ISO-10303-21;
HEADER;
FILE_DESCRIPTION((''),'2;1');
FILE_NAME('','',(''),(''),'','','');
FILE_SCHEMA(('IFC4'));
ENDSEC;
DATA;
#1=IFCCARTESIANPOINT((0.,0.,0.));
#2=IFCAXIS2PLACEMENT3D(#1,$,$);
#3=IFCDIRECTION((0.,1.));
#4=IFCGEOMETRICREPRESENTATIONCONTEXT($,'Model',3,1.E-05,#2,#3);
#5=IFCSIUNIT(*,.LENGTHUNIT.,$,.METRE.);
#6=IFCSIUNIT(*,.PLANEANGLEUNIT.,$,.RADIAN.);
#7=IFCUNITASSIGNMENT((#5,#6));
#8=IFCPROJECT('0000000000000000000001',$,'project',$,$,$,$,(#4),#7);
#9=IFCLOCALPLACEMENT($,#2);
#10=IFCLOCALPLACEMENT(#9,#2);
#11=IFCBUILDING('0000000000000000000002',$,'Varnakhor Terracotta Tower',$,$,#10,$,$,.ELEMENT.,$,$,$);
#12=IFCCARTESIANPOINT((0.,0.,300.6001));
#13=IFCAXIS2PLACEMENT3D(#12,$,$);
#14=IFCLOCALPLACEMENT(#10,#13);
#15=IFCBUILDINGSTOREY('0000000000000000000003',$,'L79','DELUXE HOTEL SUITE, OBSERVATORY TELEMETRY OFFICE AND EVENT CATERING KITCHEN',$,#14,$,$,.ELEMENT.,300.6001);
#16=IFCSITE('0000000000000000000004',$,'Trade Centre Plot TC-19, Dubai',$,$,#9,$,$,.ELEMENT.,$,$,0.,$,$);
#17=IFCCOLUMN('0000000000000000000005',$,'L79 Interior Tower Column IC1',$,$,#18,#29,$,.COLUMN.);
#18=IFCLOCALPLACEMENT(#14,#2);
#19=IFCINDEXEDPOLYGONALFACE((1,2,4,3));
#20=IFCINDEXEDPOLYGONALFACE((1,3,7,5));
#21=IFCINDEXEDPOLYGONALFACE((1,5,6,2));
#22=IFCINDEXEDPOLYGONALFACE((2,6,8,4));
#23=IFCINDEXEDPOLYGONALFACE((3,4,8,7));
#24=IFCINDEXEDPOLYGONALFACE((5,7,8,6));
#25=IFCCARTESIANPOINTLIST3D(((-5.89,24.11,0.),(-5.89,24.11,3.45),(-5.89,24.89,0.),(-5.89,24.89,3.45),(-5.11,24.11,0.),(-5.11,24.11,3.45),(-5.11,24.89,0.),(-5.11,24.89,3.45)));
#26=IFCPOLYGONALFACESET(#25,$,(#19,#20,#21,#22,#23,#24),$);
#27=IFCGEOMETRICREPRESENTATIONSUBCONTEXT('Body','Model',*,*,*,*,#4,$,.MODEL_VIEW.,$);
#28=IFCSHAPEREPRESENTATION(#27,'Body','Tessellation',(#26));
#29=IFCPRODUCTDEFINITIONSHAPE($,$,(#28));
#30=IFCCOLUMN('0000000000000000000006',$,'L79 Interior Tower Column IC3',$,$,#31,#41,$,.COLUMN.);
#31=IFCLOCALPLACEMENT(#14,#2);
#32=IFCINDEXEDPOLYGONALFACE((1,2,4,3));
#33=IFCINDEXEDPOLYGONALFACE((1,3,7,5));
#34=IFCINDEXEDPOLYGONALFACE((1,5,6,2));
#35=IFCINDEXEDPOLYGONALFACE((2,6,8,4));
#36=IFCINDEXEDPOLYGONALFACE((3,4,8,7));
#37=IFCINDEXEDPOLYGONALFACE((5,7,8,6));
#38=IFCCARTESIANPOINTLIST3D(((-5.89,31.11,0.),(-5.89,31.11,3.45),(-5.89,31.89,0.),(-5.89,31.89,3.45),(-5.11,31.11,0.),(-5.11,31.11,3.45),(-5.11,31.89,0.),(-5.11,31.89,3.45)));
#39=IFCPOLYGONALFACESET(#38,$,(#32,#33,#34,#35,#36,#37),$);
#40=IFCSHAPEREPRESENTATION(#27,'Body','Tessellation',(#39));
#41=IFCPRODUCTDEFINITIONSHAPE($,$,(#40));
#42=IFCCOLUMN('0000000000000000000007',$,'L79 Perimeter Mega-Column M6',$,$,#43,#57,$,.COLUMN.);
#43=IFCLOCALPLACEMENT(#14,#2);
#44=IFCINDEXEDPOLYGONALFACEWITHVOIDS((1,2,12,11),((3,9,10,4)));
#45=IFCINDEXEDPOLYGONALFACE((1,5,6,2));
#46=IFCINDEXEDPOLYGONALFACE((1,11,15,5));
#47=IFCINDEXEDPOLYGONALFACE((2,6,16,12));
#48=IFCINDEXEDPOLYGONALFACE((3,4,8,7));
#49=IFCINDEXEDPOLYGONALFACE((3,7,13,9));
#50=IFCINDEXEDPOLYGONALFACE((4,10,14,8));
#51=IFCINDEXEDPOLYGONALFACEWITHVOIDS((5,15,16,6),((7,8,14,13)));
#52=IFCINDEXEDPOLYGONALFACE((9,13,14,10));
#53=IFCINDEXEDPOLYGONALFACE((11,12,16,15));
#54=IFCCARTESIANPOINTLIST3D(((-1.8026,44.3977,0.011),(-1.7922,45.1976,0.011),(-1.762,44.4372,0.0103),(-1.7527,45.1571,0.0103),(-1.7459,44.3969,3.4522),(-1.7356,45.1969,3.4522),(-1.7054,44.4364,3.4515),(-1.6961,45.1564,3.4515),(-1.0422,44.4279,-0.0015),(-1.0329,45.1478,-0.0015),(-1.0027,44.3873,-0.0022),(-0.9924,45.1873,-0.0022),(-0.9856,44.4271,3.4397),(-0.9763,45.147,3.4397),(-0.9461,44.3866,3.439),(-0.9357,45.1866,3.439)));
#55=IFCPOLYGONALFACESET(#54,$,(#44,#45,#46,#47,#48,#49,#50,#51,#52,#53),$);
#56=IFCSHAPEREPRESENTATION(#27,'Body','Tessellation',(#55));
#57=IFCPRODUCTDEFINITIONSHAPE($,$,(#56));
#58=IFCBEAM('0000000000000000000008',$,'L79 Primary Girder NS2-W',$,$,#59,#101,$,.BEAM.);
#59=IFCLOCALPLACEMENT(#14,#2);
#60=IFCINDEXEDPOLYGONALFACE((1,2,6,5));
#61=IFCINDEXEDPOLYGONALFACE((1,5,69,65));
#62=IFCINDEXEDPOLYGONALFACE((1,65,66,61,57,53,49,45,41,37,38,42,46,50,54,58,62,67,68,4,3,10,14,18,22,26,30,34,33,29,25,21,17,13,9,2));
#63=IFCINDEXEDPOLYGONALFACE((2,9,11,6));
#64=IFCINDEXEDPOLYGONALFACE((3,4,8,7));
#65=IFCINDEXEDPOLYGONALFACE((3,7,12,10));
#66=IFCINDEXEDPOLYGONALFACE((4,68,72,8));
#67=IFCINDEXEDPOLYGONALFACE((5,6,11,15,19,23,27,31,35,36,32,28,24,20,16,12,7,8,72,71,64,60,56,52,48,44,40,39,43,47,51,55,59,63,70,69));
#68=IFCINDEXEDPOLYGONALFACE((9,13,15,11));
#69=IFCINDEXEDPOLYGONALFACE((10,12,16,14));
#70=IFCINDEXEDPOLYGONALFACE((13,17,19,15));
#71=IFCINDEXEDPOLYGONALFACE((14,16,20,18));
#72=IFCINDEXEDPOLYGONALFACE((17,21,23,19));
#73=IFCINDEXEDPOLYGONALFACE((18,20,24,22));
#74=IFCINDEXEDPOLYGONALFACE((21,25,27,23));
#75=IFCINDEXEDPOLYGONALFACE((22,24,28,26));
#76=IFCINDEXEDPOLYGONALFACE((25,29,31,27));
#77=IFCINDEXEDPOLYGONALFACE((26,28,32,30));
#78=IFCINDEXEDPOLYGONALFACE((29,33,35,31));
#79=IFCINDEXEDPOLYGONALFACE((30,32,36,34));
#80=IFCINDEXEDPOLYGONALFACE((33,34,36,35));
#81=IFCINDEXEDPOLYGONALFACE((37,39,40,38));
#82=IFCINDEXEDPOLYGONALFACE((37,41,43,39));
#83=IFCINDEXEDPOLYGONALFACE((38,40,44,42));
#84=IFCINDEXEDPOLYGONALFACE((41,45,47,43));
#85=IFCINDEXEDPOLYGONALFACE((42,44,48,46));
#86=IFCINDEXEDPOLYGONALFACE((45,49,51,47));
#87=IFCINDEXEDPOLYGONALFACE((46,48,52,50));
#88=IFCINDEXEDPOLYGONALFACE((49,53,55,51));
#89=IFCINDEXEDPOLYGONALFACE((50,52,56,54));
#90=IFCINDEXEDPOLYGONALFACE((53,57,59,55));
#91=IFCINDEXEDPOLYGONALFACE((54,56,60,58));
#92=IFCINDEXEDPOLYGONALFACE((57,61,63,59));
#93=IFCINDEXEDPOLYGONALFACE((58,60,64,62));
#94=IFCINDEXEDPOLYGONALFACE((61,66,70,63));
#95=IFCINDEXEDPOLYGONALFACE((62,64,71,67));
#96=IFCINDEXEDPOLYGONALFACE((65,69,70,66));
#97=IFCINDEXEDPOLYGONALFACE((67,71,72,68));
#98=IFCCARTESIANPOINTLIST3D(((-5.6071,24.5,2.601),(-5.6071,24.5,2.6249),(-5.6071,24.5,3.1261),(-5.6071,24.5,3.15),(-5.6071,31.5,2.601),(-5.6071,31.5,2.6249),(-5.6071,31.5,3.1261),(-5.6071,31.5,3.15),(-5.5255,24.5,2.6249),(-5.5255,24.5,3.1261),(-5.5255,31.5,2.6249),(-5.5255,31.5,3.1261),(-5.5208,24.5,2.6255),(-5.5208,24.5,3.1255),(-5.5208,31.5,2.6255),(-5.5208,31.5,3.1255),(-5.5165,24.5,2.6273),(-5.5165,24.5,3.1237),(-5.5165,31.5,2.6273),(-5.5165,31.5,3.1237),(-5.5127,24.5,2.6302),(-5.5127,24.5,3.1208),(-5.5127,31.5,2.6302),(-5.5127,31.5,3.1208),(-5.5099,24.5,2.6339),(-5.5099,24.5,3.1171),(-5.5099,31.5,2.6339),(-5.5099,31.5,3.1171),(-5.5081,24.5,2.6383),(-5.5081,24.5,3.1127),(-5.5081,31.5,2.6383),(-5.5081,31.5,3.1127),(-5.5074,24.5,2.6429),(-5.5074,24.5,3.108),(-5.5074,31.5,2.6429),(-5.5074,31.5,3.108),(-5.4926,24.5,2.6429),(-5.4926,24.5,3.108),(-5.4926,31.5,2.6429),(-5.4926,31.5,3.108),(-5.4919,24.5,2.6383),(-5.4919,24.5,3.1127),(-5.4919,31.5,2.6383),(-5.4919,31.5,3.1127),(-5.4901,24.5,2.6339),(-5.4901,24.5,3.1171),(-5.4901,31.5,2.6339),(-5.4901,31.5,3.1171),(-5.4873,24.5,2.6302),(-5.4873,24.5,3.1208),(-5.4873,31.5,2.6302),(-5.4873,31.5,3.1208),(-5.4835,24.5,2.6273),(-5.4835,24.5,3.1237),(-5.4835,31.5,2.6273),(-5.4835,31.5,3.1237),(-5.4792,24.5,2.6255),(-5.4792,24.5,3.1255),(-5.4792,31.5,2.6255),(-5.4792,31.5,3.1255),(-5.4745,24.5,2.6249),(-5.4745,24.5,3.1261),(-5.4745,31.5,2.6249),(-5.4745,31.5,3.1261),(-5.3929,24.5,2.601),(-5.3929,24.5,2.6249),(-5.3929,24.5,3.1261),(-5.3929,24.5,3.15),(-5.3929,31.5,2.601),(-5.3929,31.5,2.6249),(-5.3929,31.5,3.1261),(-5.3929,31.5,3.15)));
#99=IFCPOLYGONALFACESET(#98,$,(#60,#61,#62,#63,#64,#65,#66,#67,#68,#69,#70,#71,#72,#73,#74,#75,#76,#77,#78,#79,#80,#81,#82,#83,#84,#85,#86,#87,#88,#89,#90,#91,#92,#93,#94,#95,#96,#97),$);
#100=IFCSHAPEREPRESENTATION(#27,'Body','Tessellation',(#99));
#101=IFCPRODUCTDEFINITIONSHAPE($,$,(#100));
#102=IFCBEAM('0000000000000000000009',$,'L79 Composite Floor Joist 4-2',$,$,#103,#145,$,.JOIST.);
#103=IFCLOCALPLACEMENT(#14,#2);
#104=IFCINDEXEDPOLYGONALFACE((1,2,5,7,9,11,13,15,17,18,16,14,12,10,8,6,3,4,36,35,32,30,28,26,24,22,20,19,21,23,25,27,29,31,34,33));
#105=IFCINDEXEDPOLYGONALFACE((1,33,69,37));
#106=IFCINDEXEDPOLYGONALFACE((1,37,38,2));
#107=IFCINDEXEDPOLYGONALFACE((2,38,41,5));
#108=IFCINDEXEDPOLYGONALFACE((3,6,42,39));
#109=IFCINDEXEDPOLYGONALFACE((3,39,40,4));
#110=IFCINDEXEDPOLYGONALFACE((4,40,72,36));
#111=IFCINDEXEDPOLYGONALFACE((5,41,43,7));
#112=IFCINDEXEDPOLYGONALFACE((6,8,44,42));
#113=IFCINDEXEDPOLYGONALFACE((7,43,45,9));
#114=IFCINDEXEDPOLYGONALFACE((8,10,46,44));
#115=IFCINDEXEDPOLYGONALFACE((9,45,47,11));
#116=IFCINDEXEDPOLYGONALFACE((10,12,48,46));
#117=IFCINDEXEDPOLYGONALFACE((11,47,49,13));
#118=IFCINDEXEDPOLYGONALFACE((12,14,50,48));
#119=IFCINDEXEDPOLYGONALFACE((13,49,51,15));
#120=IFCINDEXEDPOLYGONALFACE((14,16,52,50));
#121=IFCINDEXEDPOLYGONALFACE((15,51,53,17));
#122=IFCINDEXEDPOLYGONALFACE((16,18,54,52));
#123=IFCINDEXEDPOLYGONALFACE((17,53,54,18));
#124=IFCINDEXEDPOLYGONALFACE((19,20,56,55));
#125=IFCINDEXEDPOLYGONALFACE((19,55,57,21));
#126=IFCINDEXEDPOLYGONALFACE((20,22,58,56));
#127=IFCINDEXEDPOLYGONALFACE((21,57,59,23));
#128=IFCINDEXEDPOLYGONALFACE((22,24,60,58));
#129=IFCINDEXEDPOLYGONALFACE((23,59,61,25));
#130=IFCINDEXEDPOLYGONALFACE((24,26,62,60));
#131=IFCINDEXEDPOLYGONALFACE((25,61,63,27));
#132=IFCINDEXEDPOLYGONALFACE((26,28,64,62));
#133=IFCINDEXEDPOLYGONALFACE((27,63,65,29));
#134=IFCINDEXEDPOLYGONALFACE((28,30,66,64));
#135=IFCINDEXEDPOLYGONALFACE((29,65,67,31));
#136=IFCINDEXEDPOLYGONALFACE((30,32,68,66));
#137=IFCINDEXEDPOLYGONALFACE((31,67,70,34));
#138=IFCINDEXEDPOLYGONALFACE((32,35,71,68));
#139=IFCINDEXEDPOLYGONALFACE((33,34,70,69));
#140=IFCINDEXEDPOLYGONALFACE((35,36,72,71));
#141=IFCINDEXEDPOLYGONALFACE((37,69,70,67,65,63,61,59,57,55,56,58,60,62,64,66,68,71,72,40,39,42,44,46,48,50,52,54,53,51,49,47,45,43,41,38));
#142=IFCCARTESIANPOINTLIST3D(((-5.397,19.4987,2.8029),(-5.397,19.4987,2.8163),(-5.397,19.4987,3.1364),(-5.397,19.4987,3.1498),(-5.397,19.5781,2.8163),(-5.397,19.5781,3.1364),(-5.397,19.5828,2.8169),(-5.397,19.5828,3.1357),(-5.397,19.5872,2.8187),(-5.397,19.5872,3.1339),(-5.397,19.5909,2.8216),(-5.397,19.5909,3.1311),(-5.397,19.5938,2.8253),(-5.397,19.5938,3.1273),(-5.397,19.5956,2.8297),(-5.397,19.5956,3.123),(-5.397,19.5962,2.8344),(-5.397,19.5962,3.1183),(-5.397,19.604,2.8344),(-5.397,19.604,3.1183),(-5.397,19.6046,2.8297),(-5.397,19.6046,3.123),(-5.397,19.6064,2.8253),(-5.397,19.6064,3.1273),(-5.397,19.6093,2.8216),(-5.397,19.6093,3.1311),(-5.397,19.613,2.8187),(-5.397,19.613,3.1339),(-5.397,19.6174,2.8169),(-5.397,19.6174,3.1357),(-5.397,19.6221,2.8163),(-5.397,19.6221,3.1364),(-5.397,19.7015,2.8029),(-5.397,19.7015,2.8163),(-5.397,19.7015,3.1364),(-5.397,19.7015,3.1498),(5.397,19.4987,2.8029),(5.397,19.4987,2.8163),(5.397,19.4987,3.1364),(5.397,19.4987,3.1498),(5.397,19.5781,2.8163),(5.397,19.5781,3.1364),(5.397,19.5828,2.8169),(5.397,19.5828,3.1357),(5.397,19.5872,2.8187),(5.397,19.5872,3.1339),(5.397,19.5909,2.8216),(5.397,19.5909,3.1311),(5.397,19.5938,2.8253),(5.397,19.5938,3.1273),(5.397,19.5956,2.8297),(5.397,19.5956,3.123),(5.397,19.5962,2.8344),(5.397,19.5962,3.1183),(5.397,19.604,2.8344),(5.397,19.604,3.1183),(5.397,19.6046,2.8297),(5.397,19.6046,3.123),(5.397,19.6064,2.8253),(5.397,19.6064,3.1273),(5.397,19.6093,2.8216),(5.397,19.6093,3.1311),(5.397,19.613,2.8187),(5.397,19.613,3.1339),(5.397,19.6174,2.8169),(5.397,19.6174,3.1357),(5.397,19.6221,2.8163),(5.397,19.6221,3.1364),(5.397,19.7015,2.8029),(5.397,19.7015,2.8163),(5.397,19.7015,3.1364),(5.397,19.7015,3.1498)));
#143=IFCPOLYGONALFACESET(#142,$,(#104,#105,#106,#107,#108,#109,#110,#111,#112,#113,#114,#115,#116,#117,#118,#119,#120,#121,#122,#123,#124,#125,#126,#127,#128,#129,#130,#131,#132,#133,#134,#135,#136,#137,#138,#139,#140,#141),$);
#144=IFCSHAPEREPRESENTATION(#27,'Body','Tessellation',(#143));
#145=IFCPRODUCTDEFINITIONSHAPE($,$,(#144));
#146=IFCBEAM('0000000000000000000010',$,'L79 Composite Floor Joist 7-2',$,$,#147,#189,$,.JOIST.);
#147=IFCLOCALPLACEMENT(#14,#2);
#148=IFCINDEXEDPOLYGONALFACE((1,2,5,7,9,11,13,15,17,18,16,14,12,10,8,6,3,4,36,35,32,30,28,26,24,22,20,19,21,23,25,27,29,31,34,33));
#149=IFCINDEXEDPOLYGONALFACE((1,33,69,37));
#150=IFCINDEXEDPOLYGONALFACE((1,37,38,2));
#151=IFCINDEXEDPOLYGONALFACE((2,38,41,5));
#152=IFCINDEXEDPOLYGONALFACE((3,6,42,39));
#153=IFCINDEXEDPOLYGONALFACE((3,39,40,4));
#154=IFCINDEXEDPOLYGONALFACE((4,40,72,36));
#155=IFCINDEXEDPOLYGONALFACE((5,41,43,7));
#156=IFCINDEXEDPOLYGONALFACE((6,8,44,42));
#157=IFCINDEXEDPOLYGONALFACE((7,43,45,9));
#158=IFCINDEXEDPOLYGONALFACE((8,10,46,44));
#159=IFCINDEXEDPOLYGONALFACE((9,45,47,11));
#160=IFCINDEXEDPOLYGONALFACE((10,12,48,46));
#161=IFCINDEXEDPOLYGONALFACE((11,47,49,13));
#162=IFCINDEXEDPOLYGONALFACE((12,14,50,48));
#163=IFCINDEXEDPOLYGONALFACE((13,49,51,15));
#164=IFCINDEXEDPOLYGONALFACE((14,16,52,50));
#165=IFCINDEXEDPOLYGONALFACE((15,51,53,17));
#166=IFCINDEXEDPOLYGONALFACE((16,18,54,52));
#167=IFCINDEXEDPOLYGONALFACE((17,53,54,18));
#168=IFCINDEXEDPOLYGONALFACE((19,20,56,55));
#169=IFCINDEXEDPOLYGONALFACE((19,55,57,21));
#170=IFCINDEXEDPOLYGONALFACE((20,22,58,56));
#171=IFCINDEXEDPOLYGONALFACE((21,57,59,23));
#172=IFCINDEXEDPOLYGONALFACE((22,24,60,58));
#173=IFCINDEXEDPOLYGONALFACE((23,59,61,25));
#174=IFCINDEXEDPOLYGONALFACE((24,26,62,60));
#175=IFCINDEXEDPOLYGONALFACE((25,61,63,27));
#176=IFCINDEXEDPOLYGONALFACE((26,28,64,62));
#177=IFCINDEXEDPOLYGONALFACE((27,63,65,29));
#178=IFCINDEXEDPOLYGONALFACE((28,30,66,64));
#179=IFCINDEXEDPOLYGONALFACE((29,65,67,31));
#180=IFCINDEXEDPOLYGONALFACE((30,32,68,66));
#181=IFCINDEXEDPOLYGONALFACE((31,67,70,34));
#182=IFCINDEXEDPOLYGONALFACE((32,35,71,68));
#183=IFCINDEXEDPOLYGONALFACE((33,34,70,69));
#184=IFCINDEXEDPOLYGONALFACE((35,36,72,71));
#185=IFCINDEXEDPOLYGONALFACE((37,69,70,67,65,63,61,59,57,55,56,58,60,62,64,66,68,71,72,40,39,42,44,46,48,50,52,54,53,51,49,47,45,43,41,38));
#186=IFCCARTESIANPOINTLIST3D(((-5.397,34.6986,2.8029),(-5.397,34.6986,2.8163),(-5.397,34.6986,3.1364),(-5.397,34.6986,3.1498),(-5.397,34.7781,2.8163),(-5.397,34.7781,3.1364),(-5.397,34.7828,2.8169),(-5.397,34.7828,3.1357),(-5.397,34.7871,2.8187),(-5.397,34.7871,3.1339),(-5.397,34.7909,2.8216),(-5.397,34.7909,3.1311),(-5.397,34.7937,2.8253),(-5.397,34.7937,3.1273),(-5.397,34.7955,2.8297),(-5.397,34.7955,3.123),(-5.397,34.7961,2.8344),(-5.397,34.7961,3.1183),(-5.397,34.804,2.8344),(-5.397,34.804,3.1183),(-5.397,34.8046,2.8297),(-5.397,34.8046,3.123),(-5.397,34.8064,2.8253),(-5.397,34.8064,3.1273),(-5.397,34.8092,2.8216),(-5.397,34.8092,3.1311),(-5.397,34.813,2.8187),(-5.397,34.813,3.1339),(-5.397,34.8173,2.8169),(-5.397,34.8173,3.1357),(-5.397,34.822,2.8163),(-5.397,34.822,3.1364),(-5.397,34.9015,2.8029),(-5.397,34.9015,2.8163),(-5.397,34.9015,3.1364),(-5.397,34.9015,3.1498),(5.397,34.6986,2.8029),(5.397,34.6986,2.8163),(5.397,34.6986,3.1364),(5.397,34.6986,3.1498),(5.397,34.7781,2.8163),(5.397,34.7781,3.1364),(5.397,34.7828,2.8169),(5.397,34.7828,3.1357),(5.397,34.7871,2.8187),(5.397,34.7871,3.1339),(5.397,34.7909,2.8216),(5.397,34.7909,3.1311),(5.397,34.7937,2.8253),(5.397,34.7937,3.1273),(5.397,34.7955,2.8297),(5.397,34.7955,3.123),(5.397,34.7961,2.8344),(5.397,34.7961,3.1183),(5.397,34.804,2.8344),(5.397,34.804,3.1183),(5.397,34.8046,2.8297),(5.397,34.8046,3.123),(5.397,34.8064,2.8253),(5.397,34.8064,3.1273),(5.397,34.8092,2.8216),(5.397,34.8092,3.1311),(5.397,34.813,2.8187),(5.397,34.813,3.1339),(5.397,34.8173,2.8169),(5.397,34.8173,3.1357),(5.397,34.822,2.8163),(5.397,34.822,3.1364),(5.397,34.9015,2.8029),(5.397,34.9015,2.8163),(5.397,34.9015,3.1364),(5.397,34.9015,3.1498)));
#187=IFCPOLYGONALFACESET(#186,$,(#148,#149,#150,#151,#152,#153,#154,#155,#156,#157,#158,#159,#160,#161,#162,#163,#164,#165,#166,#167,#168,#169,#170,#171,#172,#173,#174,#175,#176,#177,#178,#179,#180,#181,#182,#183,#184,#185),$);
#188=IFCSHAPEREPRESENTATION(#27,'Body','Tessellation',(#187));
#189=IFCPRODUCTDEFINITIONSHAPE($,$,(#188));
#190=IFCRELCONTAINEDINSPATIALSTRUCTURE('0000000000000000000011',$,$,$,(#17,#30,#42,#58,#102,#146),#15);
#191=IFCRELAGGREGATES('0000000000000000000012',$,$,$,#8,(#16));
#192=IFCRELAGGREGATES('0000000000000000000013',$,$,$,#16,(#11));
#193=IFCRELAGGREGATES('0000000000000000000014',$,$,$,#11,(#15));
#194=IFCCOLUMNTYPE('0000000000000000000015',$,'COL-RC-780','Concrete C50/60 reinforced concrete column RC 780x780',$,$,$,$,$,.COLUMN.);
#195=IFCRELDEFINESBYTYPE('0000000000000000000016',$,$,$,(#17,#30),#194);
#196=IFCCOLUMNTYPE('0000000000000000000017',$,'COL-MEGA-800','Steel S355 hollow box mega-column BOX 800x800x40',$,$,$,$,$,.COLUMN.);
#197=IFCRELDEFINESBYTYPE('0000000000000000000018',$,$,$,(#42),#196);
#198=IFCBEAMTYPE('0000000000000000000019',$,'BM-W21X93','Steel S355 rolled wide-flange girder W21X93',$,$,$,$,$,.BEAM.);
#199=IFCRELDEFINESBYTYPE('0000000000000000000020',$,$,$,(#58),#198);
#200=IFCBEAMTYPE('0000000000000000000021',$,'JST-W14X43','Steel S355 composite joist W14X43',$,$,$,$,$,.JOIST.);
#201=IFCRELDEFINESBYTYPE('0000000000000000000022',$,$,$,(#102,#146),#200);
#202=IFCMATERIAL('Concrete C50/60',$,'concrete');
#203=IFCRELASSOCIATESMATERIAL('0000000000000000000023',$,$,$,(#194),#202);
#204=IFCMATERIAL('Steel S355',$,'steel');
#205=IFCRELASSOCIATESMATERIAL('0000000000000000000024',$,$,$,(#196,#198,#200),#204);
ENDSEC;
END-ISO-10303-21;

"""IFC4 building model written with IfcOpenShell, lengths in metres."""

from ifc_helpers import new_model, si_unit, direction, frame, origin, origin_2d, place, context, subcontext, project, spatial, rectangle, hollow_rectangle, i_section, extrude, source, transform, mapped, material, material_profile, profile_set, type_object, element, save


model = new_model("IFC4")

# Units and contexts
model_context = context("Model", 3, precision=1e-05, world=origin(), true_north=direction((0.0, 1.0)))
body_context = subcontext(model_context, "Body", "Model", "MODEL_VIEW")
ifc_project = project(units=[si_unit("LENGTHUNIT", "METRE"), si_unit("PLANEANGLEUNIT", "RADIAN")], contexts=[model_context])

# Site, building, storey
site_placement = place(None, origin())
site = spatial("IfcSite", under=ifc_project, at=site_placement, Name="Trade Centre Plot TC-19, Dubai", CompositionType="ELEMENT", RefElevation=0.0)
building_placement = place(site_placement, origin())
building = spatial("IfcBuilding", under=site, at=building_placement, Name="Varnakhor Terracotta Tower", CompositionType="ELEMENT")
storey_placement = place(building_placement, frame((0.0, 0.0, 300.6001)))
storey = spatial("IfcBuildingStorey", under=building, at=storey_placement, Name="L79", Description="DELUXE HOTEL SUITE, OBSERVATORY TELEMETRY OFFICE AND EVENT CATERING KITCHEN", CompositionType="ELEMENT", Elevation=300.6001)

# Columns
ifc_material_1 = material(Name="Concrete C50/60", Category="concrete")
ifc_material_profile_1 = material_profile(ifc_material_1, rectangle(XDim=0.78, YDim=0.78, at=origin_2d()), Name="RC 780x780")
ifc_profile_set_1 = profile_set([ifc_material_profile_1], Name="Concrete C50/60")
column_type_1 = type_object("IfcColumnType", Name="COL-RC-780", Description="Concrete C50/60 reinforced concrete column RC 780x780", PredefinedType="COLUMN", material=ifc_profile_set_1)
shared_shape_1 = source(origin(), body_context, "Body", "SweptSolid", [
    extrude(rectangle(XDim=0.78, YDim=0.78, at=origin_2d()), origin(), (0.0, 0.0, 1.0), 3.45),
])
for number, where, z_axis, x_axis, name in (
    (1, (-5.5, 24.5, 0.0), (0.0, 0.0, 1.0), (1.0, 0.0, 0.0), "L79 Interior Tower Column IC1"),
    (2, (-5.5, 31.5, 0.0), (0.0, 0.0, 1.0), (1.0, 0.0, 0.0), "L79 Interior Tower Column IC3"),
):
    element("IfcColumn", number, at=place(storey_placement, frame(where, z_axis=z_axis, x_axis=x_axis)), inside=storey, type_object=column_type_1, Name=name, PredefinedType="COLUMN", context=body_context, shape_type="MappedRepresentation", body=[
        mapped(shared_shape_1, transform((0.0, 0.0, 0.0), scale=1.0)),
    ])
ifc_material_2 = material(Name="Steel S355", Category="steel")
ifc_material_profile_2 = material_profile(ifc_material_2, hollow_rectangle(XDim=0.8, YDim=0.8, WallThickness=0.04, at=origin_2d()), Name="BOX 800x800x40")
ifc_profile_set_2 = profile_set([ifc_material_profile_2], Name="Steel S355")
column_type_2 = type_object("IfcColumnType", Name="COL-MEGA-800", Description="Steel S355 hollow box mega-column BOX 800x800x40", PredefinedType="COLUMN", material=ifc_profile_set_2)
shared_shape_2 = source(origin(), body_context, "Body", "SweptSolid", [
    extrude(hollow_rectangle(XDim=0.8, YDim=0.8, WallThickness=0.04, at=origin_2d()), origin(), (0.0, 0.0, 1.0), 3.4417),
])
column_placement = place(storey_placement, frame((-1.3975, 44.7925, 0.0044), z_axis=(0.016458, -0.000213, 0.999865), x_axis=(0.01293, 0.999916, 0.0)))
element("IfcColumn", 3, at=column_placement, inside=storey, type_object=column_type_2, Name="L79 Perimeter Mega-Column M6", PredefinedType="COLUMN", context=body_context, shape_type="MappedRepresentation", body=[
    mapped(shared_shape_2, transform((0.0, 0.0, 0.0), scale=1.0)),
])

# Beams
ifc_material_profile_3 = material_profile(ifc_material_2, i_section(OverallWidth=0.2141, OverallDepth=0.5491, WebThickness=0.0149, FlangeThickness=0.0239, FilletRadius=0.0181, at=origin_2d()), Name="W21X93")
ifc_profile_set_3 = profile_set([ifc_material_profile_3], Name="Steel S355")
beam_type_1 = type_object("IfcBeamType", Name="BM-W21X93", Description="Steel S355 rolled wide-flange girder W21X93", PredefinedType="BEAM", material=ifc_profile_set_3)
shared_shape_3 = source(origin(), body_context, "Body", "SweptSolid", [
    extrude(i_section(OverallWidth=0.2141, OverallDepth=0.5491, WebThickness=0.0149, FlangeThickness=0.0239, FilletRadius=0.0181, at=origin_2d()), origin(), (0.0, 0.0, 1.0), 7.0),
])
beam_1_placement = place(storey_placement, frame((-5.5, 24.5, 2.8755), z_axis=(0.0, 1.0, 0.0), x_axis=(-1.0, 0.0, 0.0)))
element("IfcBeam", 4, at=beam_1_placement, inside=storey, type_object=beam_type_1, Name="L79 Primary Girder NS2-W", PredefinedType="BEAM", context=body_context, shape_type="MappedRepresentation", body=[
    mapped(shared_shape_3, transform((0.0, 0.0, 0.0), scale=1.0)),
])
ifc_material_profile_4 = material_profile(ifc_material_2, i_section(OverallWidth=0.2029, OverallDepth=0.3469, WebThickness=0.0078, FlangeThickness=0.0134, FilletRadius=0.0181, at=origin_2d()), Name="W14X43")
ifc_profile_set_4 = profile_set([ifc_material_profile_4], Name="Steel S355")
beam_type_2 = type_object("IfcBeamType", Name="JST-W14X43", Description="Steel S355 composite joist W14X43", PredefinedType="JOIST", material=ifc_profile_set_4)
shared_shape_4 = source(origin(), body_context, "Body", "SweptSolid", [
    extrude(i_section(OverallWidth=0.2029, OverallDepth=0.3469, WebThickness=0.0078, FlangeThickness=0.0134, FilletRadius=0.0181, at=origin_2d()), origin(), (0.0, 0.0, 1.0), 10.7939),
])
for number, where, z_axis, x_axis, name in (
    (5, (-5.397, 19.6001, 2.9763), (1.0, 0.0, 0.0), (0.0, 1.0, 0.0), "L79 Composite Floor Joist 4-2"),
    (6, (-5.397, 34.8, 2.9763), (1.0, 0.0, 0.0), (0.0, 1.0, 0.0), "L79 Composite Floor Joist 7-2"),
):
    element("IfcBeam", number, at=place(storey_placement, frame(where, z_axis=z_axis, x_axis=x_axis)), inside=storey, type_object=beam_type_2, Name=name, PredefinedType="JOIST", context=body_context, shape_type="MappedRepresentation", body=[
        mapped(shared_shape_4, transform((0.0, 0.0, 0.0), scale=1.0)),
    ])

save(model, "model.ifc")
